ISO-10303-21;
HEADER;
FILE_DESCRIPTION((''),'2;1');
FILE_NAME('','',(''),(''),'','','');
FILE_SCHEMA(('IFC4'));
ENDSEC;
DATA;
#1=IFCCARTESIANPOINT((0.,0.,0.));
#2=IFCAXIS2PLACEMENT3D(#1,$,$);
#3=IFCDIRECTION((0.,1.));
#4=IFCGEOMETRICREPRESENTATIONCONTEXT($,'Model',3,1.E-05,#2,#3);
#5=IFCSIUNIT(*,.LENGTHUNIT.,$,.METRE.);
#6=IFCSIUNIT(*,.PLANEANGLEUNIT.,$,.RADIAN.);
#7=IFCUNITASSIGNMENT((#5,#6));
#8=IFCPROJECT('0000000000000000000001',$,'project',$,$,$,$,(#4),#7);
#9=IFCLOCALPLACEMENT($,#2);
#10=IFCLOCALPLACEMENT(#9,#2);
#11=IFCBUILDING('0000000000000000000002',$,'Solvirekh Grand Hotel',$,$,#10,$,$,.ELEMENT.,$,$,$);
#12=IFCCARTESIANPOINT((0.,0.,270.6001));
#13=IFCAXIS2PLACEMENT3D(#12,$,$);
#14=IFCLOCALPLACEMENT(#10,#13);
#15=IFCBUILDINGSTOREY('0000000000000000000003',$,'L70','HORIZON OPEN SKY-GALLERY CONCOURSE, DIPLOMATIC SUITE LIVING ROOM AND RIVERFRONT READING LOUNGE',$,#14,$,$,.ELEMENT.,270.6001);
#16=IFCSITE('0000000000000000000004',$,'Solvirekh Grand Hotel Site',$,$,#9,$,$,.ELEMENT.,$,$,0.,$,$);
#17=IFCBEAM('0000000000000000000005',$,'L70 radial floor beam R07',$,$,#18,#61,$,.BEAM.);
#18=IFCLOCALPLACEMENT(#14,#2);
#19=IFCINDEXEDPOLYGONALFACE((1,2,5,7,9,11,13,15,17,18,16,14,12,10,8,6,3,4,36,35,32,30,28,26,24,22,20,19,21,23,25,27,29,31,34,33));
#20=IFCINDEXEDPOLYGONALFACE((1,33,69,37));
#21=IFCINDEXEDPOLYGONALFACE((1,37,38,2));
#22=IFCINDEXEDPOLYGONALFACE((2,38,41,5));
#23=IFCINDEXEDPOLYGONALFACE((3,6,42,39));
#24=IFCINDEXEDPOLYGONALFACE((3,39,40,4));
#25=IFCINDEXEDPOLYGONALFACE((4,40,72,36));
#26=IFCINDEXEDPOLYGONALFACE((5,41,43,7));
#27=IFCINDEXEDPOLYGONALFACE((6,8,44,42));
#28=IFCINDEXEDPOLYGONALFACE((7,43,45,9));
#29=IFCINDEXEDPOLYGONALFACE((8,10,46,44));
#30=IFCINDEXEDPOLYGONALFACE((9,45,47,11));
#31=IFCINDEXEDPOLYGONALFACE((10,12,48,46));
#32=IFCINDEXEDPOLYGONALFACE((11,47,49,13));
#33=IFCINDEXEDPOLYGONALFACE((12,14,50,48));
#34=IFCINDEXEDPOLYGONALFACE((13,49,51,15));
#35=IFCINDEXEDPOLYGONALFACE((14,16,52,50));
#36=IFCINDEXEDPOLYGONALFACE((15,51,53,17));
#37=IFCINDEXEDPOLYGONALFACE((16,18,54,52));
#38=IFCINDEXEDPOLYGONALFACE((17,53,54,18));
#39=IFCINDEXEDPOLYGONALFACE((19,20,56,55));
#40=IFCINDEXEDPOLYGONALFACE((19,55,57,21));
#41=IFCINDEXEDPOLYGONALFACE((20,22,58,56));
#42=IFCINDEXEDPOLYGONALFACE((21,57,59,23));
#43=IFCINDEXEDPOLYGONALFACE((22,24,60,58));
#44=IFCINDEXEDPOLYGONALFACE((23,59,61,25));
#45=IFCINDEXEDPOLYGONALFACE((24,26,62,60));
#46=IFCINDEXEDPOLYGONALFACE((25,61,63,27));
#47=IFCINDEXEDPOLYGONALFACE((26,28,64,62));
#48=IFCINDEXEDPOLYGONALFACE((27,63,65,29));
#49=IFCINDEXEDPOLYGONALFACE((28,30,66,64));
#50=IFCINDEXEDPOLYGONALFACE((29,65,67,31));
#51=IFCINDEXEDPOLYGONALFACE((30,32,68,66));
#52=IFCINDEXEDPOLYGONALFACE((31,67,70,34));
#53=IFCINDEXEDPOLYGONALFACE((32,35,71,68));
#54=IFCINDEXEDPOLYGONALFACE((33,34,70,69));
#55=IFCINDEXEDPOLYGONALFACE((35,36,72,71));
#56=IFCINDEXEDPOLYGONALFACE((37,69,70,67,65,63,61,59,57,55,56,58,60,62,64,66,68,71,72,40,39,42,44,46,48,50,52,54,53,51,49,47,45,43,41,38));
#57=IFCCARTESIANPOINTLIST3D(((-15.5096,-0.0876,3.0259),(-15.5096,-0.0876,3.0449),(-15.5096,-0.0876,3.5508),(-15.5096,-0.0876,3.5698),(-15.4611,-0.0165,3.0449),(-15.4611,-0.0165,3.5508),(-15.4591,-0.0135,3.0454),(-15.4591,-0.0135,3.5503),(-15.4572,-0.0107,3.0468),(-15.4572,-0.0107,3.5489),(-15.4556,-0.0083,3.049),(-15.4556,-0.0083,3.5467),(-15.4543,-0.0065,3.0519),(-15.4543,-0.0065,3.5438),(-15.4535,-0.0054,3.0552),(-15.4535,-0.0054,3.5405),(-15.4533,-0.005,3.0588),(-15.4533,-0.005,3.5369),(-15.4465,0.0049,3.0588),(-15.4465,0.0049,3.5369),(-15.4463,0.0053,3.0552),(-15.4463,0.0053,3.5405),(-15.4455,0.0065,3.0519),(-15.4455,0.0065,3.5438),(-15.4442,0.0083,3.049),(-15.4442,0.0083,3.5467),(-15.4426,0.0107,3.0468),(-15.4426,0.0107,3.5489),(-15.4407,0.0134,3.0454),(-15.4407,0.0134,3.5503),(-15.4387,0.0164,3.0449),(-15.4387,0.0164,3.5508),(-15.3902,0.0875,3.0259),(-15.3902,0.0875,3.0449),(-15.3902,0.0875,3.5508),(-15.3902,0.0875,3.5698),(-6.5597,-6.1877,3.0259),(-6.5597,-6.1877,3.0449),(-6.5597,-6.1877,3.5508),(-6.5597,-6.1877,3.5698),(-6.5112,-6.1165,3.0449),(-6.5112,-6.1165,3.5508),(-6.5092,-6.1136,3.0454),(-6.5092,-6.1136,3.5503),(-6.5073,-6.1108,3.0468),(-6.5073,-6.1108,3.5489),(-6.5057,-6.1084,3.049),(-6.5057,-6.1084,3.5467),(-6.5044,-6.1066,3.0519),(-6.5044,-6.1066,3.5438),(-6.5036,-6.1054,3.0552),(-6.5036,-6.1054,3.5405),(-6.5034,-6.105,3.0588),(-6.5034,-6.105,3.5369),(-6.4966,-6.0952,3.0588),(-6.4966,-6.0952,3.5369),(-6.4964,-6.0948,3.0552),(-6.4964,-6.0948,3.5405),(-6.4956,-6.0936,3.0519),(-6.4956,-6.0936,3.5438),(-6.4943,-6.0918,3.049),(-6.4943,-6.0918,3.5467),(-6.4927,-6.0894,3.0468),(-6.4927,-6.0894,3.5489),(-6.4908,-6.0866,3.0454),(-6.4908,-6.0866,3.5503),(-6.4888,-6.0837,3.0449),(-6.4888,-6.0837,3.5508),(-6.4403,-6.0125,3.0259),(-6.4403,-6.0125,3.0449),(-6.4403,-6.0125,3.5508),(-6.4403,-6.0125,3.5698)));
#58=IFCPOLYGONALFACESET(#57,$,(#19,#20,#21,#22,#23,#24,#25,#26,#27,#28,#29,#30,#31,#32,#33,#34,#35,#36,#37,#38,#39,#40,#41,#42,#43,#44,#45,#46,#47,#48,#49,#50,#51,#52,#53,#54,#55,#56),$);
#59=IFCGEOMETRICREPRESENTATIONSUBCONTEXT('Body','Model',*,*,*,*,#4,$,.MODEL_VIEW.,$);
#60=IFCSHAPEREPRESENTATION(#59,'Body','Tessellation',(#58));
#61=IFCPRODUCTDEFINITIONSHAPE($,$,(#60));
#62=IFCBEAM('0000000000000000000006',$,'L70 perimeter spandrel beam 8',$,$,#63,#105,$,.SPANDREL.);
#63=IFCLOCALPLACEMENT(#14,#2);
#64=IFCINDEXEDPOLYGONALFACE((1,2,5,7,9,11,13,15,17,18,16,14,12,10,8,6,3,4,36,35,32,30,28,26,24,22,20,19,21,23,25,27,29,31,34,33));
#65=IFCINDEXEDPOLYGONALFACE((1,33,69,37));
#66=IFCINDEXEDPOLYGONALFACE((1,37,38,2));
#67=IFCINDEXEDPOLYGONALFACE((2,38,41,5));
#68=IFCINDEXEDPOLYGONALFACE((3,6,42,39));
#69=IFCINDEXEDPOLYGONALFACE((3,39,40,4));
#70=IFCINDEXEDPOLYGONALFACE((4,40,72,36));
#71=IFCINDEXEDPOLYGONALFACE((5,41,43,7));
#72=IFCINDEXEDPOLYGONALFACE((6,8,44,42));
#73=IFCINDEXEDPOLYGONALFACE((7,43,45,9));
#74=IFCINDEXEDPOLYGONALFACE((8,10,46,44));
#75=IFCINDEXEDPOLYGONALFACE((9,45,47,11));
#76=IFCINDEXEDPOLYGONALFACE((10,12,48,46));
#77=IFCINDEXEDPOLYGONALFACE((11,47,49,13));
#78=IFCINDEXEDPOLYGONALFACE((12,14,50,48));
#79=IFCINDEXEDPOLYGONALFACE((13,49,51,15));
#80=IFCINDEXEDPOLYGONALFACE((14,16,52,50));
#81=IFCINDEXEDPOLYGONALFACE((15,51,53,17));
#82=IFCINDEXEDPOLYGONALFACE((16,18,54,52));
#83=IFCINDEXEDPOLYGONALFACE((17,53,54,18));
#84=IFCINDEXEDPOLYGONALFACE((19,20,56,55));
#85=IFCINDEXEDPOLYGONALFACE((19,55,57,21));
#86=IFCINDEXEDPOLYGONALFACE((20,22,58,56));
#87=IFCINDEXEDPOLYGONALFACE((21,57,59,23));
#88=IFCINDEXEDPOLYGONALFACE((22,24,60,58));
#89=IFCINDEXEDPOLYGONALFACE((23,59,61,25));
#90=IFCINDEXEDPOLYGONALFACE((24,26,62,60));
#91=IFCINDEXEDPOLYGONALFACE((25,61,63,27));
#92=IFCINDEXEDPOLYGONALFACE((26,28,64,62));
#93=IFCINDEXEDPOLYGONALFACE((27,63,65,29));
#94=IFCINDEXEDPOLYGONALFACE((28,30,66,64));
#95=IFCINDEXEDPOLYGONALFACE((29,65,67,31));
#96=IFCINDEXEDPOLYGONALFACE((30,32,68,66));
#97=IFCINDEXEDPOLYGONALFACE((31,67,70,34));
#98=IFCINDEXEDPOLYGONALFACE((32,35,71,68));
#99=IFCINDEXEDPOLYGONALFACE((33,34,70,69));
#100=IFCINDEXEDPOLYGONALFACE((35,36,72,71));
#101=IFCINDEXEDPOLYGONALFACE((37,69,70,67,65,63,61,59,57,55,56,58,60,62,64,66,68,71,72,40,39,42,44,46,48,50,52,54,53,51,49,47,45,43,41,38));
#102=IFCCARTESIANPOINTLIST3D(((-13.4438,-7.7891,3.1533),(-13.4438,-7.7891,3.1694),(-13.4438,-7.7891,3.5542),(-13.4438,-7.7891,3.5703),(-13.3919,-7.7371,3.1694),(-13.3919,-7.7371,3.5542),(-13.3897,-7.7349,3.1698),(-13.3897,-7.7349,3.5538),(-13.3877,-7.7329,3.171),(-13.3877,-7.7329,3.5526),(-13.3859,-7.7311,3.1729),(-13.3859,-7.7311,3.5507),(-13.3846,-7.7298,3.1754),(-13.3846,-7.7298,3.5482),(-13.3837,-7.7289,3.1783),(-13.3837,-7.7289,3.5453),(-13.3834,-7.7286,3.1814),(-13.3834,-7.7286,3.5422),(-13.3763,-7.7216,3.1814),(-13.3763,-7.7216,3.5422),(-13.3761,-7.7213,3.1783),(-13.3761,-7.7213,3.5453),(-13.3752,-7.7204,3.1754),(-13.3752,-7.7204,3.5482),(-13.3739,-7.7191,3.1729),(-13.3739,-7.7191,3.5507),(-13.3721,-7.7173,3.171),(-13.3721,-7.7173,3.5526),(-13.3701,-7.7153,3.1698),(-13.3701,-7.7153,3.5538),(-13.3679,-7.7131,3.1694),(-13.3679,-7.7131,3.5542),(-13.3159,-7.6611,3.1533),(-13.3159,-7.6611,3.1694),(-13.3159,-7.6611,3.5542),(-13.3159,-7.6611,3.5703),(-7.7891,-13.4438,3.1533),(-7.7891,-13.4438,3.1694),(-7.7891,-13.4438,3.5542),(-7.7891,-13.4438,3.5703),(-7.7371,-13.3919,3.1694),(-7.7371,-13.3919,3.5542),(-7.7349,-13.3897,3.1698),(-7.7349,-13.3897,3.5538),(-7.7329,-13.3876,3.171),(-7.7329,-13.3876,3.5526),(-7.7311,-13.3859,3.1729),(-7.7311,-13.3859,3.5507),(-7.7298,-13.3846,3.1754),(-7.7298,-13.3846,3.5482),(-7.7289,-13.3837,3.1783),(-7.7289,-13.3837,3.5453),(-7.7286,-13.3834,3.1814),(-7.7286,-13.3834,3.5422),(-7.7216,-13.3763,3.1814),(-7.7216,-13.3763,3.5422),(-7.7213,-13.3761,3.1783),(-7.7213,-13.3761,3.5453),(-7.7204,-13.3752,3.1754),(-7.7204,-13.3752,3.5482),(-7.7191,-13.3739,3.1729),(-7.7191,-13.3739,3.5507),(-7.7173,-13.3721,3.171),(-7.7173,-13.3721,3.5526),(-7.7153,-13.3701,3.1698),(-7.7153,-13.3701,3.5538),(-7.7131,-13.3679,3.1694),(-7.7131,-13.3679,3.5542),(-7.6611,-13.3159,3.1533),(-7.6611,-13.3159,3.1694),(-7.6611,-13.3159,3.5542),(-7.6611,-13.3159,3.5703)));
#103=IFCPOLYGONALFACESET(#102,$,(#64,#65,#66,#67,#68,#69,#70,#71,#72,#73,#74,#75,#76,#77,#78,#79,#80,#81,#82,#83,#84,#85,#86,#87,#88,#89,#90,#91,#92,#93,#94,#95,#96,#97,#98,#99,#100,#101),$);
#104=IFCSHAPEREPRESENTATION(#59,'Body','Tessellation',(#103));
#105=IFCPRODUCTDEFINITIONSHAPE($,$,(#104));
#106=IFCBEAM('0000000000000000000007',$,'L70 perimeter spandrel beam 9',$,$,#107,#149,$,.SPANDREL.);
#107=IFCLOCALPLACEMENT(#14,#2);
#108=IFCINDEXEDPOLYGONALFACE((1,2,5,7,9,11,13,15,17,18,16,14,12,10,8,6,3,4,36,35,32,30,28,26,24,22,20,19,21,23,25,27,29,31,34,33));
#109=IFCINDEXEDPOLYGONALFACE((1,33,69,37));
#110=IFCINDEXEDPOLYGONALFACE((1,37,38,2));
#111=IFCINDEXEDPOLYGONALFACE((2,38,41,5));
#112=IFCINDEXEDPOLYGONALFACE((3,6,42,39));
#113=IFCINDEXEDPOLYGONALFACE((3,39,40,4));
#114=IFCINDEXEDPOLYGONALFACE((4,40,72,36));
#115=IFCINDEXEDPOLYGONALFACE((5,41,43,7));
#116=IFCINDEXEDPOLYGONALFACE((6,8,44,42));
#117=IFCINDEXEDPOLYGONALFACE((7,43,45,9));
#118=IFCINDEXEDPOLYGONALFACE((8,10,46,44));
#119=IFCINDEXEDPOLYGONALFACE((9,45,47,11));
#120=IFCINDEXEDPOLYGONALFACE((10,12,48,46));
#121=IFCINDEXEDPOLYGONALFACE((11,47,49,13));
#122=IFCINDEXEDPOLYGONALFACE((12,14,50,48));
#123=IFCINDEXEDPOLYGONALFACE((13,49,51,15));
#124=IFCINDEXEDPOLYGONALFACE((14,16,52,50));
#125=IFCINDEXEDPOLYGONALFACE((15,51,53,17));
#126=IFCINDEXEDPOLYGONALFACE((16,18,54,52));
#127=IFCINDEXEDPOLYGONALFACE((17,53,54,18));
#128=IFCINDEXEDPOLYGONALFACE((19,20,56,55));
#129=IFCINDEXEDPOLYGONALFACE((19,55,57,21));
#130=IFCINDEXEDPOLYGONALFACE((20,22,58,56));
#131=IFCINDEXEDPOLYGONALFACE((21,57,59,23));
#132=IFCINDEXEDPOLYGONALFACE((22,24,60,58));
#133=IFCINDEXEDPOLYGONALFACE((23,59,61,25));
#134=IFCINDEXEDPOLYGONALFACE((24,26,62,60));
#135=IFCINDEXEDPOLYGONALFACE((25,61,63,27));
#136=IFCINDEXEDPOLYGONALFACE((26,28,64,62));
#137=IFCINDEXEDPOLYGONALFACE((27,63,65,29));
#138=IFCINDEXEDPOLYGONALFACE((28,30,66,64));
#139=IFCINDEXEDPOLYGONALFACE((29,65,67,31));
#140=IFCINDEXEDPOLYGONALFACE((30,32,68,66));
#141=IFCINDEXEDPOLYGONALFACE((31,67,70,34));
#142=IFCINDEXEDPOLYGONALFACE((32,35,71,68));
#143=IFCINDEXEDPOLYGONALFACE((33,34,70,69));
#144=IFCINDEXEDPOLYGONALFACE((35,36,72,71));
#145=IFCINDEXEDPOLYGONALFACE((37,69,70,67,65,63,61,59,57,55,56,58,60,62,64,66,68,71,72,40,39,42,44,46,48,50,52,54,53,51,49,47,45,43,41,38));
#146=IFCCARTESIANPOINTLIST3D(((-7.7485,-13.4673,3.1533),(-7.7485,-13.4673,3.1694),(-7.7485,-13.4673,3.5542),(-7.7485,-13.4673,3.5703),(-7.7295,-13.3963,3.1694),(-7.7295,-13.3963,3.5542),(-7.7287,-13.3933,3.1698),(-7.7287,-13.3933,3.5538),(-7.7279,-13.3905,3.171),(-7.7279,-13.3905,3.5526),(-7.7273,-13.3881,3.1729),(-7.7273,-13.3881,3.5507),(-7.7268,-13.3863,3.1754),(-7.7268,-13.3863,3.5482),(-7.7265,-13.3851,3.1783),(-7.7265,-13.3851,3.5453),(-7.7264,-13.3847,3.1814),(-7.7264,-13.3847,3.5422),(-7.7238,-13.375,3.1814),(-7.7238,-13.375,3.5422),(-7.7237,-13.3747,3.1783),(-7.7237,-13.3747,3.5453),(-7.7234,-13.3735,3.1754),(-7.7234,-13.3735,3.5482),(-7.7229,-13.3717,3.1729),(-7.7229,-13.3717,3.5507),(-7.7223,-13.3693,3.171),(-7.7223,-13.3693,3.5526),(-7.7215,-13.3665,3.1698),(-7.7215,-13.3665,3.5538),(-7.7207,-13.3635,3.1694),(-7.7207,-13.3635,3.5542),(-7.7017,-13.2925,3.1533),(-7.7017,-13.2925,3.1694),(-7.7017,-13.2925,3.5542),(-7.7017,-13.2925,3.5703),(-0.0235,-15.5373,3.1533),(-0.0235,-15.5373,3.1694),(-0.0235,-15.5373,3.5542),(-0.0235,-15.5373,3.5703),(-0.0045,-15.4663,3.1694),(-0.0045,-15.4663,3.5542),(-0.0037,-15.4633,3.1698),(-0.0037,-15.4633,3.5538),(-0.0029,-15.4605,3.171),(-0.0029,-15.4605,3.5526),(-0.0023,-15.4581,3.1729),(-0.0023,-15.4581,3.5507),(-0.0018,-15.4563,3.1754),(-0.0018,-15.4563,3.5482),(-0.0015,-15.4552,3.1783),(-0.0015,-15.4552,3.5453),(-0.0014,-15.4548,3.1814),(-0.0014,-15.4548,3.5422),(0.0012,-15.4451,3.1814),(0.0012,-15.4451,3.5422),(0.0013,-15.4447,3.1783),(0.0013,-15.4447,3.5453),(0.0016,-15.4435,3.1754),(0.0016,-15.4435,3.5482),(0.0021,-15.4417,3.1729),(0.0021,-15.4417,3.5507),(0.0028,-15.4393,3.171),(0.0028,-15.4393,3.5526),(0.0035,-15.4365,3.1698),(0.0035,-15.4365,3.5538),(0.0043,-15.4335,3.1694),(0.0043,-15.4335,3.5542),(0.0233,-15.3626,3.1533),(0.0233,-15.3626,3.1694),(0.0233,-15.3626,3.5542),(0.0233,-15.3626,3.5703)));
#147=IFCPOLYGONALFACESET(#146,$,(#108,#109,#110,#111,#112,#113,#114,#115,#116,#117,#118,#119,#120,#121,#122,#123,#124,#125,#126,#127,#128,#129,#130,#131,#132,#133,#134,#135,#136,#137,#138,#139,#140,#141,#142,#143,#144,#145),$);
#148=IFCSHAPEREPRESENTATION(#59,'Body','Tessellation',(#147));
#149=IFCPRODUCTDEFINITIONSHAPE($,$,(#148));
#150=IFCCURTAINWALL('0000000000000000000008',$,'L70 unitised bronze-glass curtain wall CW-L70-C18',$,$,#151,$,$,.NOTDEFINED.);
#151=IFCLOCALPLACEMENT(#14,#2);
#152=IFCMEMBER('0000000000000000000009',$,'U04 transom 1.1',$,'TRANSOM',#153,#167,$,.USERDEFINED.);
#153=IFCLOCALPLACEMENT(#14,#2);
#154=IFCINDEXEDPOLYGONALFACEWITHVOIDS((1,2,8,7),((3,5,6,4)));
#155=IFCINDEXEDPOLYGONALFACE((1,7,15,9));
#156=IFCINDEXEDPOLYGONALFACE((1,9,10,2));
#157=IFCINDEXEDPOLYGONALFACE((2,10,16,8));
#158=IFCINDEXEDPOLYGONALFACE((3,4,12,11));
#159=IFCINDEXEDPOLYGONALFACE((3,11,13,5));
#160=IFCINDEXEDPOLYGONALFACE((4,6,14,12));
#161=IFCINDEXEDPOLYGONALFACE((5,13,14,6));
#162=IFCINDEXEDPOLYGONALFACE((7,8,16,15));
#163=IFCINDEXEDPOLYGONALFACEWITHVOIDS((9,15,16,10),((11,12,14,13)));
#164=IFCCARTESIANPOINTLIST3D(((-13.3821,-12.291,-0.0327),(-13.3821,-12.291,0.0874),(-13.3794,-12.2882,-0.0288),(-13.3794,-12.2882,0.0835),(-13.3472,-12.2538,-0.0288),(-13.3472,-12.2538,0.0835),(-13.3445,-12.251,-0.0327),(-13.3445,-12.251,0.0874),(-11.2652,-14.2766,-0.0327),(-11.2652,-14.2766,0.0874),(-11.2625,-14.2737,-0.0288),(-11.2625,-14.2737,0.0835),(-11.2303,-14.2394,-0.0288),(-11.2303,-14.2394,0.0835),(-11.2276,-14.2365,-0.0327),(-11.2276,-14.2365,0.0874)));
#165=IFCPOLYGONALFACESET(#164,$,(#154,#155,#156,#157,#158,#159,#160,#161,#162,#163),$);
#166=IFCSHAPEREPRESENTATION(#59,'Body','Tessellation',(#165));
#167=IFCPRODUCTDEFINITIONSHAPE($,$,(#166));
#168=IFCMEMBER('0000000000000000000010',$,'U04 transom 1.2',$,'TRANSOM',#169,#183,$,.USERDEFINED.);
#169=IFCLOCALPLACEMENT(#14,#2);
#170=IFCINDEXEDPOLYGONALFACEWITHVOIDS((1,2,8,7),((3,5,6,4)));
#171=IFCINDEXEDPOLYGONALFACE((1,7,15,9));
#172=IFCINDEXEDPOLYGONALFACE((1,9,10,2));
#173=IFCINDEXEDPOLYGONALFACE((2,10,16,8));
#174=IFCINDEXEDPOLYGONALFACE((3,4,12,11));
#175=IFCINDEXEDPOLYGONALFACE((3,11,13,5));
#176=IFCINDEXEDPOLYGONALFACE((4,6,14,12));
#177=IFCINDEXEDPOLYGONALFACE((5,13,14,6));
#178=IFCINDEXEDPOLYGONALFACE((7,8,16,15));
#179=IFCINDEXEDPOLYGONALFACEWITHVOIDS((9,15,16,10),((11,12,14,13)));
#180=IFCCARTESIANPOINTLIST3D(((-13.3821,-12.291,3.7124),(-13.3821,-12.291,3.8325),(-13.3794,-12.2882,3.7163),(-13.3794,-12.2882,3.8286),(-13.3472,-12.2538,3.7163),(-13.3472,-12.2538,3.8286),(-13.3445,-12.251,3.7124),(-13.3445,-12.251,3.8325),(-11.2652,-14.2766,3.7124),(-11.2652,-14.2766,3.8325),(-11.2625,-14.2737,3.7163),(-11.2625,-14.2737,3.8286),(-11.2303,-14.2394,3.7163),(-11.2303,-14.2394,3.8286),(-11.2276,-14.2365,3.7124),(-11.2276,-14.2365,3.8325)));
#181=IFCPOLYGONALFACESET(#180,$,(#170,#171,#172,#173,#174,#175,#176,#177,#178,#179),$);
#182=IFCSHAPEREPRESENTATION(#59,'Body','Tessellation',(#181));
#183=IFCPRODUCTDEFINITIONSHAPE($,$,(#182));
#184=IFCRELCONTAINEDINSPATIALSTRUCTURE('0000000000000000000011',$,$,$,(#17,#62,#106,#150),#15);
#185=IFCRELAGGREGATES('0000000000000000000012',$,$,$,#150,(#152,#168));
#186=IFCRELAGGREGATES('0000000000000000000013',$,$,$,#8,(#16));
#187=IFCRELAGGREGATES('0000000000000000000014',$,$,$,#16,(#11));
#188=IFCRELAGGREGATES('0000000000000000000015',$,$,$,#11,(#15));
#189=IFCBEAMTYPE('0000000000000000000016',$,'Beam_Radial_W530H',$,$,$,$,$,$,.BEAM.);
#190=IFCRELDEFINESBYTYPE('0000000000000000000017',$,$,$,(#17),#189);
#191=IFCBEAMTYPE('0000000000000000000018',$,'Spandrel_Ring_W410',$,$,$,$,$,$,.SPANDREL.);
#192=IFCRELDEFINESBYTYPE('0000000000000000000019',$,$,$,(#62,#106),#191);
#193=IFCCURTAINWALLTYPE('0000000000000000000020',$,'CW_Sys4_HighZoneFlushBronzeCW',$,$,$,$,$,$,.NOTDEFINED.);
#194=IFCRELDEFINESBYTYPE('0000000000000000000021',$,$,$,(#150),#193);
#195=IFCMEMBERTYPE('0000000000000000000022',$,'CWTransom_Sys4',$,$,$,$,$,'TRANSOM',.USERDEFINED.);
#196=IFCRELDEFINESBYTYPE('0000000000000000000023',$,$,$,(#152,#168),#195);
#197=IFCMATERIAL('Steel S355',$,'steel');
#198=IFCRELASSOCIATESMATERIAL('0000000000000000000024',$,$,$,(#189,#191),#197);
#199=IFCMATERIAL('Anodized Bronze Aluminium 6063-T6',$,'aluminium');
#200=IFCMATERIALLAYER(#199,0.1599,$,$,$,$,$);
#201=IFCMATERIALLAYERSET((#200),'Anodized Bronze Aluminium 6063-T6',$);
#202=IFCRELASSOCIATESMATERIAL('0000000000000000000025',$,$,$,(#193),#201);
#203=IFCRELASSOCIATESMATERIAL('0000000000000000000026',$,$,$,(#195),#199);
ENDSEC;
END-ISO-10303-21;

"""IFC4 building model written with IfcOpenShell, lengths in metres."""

from ifc_helpers import new_model, si_unit, direction, frame, origin, origin_2d, place, context, subcontext, project, spatial, hollow_rectangle, i_section, extrude, source, transform, mapped, material, layer, layer_set, material_profile, profile_set, type_object, element, aggregate, save


model = new_model("IFC4")

# Units and contexts
model_context = context("Model", 3, precision=1e-05, world=origin(), true_north=direction((0.0, 1.0)))
body_context = subcontext(model_context, "Body", "Model", "MODEL_VIEW")
ifc_project = project(units=[si_unit("LENGTHUNIT", "METRE"), si_unit("PLANEANGLEUNIT", "RADIAN")], contexts=[model_context])

# Site, building, storey
site_placement = place(None, origin())
site = spatial("IfcSite", under=ifc_project, at=site_placement, Name="Solvirekh Grand Hotel Site", CompositionType="ELEMENT", RefElevation=0.0)
building_placement = place(site_placement, origin())
building = spatial("IfcBuilding", under=site, at=building_placement, Name="Solvirekh Grand Hotel", CompositionType="ELEMENT")
storey_placement = place(building_placement, frame((0.0, 0.0, 270.6001)))
storey = spatial("IfcBuildingStorey", under=building, at=storey_placement, Name="L70", Description="HORIZON OPEN SKY-GALLERY CONCOURSE, DIPLOMATIC SUITE LIVING ROOM AND RIVERFRONT READING LOUNGE", CompositionType="ELEMENT", Elevation=270.6001)

# Beams
ifc_material_1 = material(Name="Steel S355", Category="steel")
ifc_material_profile_1 = material_profile(ifc_material_1, i_section(OverallWidth=0.2119, OverallDepth=0.5439, WebThickness=0.012, FlangeThickness=0.019, FilletRadius=0.0139, at=origin_2d()), Name="W530X123")
ifc_profile_set_1 = profile_set([ifc_material_profile_1], Name="Steel S355")
beam_type_1 = type_object("IfcBeamType", Name="Beam_Radial_W530H", PredefinedType="BEAM", material=ifc_profile_set_1)
beam_1_placement = place(storey_placement, frame((-6.5, -6.1001, 3.2979), z_axis=(-0.826319, 0.563202, 0.0), x_axis=(-0.563202, -0.826319, 0.0)))
element("IfcBeam", 1, at=beam_1_placement, inside=storey, type_object=beam_type_1, Name="L70 radial floor beam R07", PredefinedType="BEAM", context=body_context, shape_type="SweptSolid", body=[
    extrude(i_section(OverallWidth=0.2119, OverallDepth=0.5439, WebThickness=0.012, FlangeThickness=0.019, FilletRadius=0.0139, at=origin_2d()), origin(), (0.0, 0.0, 1.0), 10.8311),
])
ifc_material_profile_2 = material_profile(ifc_material_1, i_section(OverallWidth=0.1809, OverallDepth=0.417, WebThickness=0.01, FlangeThickness=0.0161, FilletRadius=0.012, at=origin_2d()), Name="W410X85")
ifc_profile_set_2 = profile_set([ifc_material_profile_2], Name="Steel S355")
beam_type_2 = type_object("IfcBeamType", Name="Spandrel_Ring_W410", PredefinedType="SPANDREL", material=ifc_profile_set_2)
beam_2_placement = place(storey_placement, frame((-13.3799, -7.7251, 3.3618), z_axis=(0.707107, -0.707107, 0.0), x_axis=(0.707107, 0.707107, 0.0)))
element("IfcBeam", 2, at=beam_2_placement, inside=storey, type_object=beam_type_2, Name="L70 perimeter spandrel beam 8", PredefinedType="SPANDREL", context=body_context, shape_type="SweptSolid", body=[
    extrude(i_section(OverallWidth=0.1809, OverallDepth=0.417, WebThickness=0.01, FlangeThickness=0.0161, FilletRadius=0.012, at=origin_2d()), origin(), (0.0, 0.0, 1.0), 7.9971),
])
beam_3_placement = place(storey_placement, frame((-7.7251, -13.3799, 3.3618), z_axis=(0.965922, -0.258835, 0.0), x_axis=(0.258835, 0.965922, 0.0)))
element("IfcBeam", 3, at=beam_3_placement, inside=storey, type_object=beam_type_2, Name="L70 perimeter spandrel beam 9", PredefinedType="SPANDREL", context=body_context, shape_type="SweptSolid", body=[
    extrude(i_section(OverallWidth=0.1809, OverallDepth=0.417, WebThickness=0.01, FlangeThickness=0.0161, FilletRadius=0.012, at=origin_2d()), origin(), (0.0, 0.0, 1.0), 7.9976),
])

# Curtain wall, members
ifc_material_2 = material(Name="Anodized Bronze Aluminium 6063-T6", Category="aluminium")
ifc_layer_1 = layer(ifc_material_2, 0.1599)
ifc_layer_set_1 = layer_set([ifc_layer_1], Name="Anodized Bronze Aluminium 6063-T6")
curtain_wall_type = type_object("IfcCurtainWallType", Name="CW_Sys4_HighZoneFlushBronzeCW", PredefinedType="NOTDEFINED", material=ifc_layer_set_1)
curtain_wall_placement = place(storey_placement, origin())
curtain_wall = element("IfcCurtainWall", 4, at=curtain_wall_placement, inside=storey, type_object=curtain_wall_type, Name="L70 unitised bronze-glass curtain wall CW-L70-C18", PredefinedType="NOTDEFINED")
ifc_material_profile_3 = material_profile(ifc_material_2, hollow_rectangle(XDim=0.0549, YDim=0.1201, WallThickness=0.0039, at=origin_2d()), Name="ALU RHS 120X55X4")
ifc_profile_set_3 = profile_set([ifc_material_profile_3], Name="Anodized Bronze Aluminium 6063-T6")
member_type_1 = type_object("IfcMemberType", Name="CWTransom_Sys4", ElementType="TRANSOM", PredefinedType="USERDEFINED", material=ifc_profile_set_3)
shared_shape_1 = source(origin(), body_context, "Body", "SweptSolid", [
    extrude(hollow_rectangle(XDim=0.0549, YDim=0.1201, WallThickness=0.0039, at=origin_2d()), origin(), (0.0, 0.0, 1.0), 2.9023),
])
member_1_placement = place(storey_placement, frame((-13.3633, -12.271, 0.0273), z_axis=(0.729372, -0.684117, 0.0), x_axis=(0.684117, 0.729372, 0.0)))
member_1 = element("IfcMember", 5, at=member_1_placement, type_object=member_type_1, Name="U04 transom 1.1", ObjectType="TRANSOM", PredefinedType="USERDEFINED", context=body_context, shape_type="MappedRepresentation", body=[
    mapped(shared_shape_1, transform((0.0, 0.0, 0.0), x_axis=(1.0, 0.0, 0.0), y_axis=(0.0, 1.0, 0.0), z_axis=(0.0, 0.0, 1.0), scale=1.0)),
])
member_2_placement = place(storey_placement, frame((-13.3633, -12.271, 3.7725), z_axis=(0.729372, -0.684117, 0.0), x_axis=(0.684117, 0.729372, 0.0)))
member_2 = element("IfcMember", 6, at=member_2_placement, type_object=member_type_1, Name="U04 transom 1.2", ObjectType="TRANSOM", PredefinedType="USERDEFINED", context=body_context, shape_type="MappedRepresentation", body=[
    mapped(shared_shape_1, transform((0.0, 0.0, 0.0), x_axis=(1.0, 0.0, 0.0), y_axis=(0.0, 1.0, 0.0), z_axis=(0.0, 0.0, 1.0), scale=1.0)),
])
aggregate(curtain_wall, [member_1, member_2])

save(model, "model.ifc")
